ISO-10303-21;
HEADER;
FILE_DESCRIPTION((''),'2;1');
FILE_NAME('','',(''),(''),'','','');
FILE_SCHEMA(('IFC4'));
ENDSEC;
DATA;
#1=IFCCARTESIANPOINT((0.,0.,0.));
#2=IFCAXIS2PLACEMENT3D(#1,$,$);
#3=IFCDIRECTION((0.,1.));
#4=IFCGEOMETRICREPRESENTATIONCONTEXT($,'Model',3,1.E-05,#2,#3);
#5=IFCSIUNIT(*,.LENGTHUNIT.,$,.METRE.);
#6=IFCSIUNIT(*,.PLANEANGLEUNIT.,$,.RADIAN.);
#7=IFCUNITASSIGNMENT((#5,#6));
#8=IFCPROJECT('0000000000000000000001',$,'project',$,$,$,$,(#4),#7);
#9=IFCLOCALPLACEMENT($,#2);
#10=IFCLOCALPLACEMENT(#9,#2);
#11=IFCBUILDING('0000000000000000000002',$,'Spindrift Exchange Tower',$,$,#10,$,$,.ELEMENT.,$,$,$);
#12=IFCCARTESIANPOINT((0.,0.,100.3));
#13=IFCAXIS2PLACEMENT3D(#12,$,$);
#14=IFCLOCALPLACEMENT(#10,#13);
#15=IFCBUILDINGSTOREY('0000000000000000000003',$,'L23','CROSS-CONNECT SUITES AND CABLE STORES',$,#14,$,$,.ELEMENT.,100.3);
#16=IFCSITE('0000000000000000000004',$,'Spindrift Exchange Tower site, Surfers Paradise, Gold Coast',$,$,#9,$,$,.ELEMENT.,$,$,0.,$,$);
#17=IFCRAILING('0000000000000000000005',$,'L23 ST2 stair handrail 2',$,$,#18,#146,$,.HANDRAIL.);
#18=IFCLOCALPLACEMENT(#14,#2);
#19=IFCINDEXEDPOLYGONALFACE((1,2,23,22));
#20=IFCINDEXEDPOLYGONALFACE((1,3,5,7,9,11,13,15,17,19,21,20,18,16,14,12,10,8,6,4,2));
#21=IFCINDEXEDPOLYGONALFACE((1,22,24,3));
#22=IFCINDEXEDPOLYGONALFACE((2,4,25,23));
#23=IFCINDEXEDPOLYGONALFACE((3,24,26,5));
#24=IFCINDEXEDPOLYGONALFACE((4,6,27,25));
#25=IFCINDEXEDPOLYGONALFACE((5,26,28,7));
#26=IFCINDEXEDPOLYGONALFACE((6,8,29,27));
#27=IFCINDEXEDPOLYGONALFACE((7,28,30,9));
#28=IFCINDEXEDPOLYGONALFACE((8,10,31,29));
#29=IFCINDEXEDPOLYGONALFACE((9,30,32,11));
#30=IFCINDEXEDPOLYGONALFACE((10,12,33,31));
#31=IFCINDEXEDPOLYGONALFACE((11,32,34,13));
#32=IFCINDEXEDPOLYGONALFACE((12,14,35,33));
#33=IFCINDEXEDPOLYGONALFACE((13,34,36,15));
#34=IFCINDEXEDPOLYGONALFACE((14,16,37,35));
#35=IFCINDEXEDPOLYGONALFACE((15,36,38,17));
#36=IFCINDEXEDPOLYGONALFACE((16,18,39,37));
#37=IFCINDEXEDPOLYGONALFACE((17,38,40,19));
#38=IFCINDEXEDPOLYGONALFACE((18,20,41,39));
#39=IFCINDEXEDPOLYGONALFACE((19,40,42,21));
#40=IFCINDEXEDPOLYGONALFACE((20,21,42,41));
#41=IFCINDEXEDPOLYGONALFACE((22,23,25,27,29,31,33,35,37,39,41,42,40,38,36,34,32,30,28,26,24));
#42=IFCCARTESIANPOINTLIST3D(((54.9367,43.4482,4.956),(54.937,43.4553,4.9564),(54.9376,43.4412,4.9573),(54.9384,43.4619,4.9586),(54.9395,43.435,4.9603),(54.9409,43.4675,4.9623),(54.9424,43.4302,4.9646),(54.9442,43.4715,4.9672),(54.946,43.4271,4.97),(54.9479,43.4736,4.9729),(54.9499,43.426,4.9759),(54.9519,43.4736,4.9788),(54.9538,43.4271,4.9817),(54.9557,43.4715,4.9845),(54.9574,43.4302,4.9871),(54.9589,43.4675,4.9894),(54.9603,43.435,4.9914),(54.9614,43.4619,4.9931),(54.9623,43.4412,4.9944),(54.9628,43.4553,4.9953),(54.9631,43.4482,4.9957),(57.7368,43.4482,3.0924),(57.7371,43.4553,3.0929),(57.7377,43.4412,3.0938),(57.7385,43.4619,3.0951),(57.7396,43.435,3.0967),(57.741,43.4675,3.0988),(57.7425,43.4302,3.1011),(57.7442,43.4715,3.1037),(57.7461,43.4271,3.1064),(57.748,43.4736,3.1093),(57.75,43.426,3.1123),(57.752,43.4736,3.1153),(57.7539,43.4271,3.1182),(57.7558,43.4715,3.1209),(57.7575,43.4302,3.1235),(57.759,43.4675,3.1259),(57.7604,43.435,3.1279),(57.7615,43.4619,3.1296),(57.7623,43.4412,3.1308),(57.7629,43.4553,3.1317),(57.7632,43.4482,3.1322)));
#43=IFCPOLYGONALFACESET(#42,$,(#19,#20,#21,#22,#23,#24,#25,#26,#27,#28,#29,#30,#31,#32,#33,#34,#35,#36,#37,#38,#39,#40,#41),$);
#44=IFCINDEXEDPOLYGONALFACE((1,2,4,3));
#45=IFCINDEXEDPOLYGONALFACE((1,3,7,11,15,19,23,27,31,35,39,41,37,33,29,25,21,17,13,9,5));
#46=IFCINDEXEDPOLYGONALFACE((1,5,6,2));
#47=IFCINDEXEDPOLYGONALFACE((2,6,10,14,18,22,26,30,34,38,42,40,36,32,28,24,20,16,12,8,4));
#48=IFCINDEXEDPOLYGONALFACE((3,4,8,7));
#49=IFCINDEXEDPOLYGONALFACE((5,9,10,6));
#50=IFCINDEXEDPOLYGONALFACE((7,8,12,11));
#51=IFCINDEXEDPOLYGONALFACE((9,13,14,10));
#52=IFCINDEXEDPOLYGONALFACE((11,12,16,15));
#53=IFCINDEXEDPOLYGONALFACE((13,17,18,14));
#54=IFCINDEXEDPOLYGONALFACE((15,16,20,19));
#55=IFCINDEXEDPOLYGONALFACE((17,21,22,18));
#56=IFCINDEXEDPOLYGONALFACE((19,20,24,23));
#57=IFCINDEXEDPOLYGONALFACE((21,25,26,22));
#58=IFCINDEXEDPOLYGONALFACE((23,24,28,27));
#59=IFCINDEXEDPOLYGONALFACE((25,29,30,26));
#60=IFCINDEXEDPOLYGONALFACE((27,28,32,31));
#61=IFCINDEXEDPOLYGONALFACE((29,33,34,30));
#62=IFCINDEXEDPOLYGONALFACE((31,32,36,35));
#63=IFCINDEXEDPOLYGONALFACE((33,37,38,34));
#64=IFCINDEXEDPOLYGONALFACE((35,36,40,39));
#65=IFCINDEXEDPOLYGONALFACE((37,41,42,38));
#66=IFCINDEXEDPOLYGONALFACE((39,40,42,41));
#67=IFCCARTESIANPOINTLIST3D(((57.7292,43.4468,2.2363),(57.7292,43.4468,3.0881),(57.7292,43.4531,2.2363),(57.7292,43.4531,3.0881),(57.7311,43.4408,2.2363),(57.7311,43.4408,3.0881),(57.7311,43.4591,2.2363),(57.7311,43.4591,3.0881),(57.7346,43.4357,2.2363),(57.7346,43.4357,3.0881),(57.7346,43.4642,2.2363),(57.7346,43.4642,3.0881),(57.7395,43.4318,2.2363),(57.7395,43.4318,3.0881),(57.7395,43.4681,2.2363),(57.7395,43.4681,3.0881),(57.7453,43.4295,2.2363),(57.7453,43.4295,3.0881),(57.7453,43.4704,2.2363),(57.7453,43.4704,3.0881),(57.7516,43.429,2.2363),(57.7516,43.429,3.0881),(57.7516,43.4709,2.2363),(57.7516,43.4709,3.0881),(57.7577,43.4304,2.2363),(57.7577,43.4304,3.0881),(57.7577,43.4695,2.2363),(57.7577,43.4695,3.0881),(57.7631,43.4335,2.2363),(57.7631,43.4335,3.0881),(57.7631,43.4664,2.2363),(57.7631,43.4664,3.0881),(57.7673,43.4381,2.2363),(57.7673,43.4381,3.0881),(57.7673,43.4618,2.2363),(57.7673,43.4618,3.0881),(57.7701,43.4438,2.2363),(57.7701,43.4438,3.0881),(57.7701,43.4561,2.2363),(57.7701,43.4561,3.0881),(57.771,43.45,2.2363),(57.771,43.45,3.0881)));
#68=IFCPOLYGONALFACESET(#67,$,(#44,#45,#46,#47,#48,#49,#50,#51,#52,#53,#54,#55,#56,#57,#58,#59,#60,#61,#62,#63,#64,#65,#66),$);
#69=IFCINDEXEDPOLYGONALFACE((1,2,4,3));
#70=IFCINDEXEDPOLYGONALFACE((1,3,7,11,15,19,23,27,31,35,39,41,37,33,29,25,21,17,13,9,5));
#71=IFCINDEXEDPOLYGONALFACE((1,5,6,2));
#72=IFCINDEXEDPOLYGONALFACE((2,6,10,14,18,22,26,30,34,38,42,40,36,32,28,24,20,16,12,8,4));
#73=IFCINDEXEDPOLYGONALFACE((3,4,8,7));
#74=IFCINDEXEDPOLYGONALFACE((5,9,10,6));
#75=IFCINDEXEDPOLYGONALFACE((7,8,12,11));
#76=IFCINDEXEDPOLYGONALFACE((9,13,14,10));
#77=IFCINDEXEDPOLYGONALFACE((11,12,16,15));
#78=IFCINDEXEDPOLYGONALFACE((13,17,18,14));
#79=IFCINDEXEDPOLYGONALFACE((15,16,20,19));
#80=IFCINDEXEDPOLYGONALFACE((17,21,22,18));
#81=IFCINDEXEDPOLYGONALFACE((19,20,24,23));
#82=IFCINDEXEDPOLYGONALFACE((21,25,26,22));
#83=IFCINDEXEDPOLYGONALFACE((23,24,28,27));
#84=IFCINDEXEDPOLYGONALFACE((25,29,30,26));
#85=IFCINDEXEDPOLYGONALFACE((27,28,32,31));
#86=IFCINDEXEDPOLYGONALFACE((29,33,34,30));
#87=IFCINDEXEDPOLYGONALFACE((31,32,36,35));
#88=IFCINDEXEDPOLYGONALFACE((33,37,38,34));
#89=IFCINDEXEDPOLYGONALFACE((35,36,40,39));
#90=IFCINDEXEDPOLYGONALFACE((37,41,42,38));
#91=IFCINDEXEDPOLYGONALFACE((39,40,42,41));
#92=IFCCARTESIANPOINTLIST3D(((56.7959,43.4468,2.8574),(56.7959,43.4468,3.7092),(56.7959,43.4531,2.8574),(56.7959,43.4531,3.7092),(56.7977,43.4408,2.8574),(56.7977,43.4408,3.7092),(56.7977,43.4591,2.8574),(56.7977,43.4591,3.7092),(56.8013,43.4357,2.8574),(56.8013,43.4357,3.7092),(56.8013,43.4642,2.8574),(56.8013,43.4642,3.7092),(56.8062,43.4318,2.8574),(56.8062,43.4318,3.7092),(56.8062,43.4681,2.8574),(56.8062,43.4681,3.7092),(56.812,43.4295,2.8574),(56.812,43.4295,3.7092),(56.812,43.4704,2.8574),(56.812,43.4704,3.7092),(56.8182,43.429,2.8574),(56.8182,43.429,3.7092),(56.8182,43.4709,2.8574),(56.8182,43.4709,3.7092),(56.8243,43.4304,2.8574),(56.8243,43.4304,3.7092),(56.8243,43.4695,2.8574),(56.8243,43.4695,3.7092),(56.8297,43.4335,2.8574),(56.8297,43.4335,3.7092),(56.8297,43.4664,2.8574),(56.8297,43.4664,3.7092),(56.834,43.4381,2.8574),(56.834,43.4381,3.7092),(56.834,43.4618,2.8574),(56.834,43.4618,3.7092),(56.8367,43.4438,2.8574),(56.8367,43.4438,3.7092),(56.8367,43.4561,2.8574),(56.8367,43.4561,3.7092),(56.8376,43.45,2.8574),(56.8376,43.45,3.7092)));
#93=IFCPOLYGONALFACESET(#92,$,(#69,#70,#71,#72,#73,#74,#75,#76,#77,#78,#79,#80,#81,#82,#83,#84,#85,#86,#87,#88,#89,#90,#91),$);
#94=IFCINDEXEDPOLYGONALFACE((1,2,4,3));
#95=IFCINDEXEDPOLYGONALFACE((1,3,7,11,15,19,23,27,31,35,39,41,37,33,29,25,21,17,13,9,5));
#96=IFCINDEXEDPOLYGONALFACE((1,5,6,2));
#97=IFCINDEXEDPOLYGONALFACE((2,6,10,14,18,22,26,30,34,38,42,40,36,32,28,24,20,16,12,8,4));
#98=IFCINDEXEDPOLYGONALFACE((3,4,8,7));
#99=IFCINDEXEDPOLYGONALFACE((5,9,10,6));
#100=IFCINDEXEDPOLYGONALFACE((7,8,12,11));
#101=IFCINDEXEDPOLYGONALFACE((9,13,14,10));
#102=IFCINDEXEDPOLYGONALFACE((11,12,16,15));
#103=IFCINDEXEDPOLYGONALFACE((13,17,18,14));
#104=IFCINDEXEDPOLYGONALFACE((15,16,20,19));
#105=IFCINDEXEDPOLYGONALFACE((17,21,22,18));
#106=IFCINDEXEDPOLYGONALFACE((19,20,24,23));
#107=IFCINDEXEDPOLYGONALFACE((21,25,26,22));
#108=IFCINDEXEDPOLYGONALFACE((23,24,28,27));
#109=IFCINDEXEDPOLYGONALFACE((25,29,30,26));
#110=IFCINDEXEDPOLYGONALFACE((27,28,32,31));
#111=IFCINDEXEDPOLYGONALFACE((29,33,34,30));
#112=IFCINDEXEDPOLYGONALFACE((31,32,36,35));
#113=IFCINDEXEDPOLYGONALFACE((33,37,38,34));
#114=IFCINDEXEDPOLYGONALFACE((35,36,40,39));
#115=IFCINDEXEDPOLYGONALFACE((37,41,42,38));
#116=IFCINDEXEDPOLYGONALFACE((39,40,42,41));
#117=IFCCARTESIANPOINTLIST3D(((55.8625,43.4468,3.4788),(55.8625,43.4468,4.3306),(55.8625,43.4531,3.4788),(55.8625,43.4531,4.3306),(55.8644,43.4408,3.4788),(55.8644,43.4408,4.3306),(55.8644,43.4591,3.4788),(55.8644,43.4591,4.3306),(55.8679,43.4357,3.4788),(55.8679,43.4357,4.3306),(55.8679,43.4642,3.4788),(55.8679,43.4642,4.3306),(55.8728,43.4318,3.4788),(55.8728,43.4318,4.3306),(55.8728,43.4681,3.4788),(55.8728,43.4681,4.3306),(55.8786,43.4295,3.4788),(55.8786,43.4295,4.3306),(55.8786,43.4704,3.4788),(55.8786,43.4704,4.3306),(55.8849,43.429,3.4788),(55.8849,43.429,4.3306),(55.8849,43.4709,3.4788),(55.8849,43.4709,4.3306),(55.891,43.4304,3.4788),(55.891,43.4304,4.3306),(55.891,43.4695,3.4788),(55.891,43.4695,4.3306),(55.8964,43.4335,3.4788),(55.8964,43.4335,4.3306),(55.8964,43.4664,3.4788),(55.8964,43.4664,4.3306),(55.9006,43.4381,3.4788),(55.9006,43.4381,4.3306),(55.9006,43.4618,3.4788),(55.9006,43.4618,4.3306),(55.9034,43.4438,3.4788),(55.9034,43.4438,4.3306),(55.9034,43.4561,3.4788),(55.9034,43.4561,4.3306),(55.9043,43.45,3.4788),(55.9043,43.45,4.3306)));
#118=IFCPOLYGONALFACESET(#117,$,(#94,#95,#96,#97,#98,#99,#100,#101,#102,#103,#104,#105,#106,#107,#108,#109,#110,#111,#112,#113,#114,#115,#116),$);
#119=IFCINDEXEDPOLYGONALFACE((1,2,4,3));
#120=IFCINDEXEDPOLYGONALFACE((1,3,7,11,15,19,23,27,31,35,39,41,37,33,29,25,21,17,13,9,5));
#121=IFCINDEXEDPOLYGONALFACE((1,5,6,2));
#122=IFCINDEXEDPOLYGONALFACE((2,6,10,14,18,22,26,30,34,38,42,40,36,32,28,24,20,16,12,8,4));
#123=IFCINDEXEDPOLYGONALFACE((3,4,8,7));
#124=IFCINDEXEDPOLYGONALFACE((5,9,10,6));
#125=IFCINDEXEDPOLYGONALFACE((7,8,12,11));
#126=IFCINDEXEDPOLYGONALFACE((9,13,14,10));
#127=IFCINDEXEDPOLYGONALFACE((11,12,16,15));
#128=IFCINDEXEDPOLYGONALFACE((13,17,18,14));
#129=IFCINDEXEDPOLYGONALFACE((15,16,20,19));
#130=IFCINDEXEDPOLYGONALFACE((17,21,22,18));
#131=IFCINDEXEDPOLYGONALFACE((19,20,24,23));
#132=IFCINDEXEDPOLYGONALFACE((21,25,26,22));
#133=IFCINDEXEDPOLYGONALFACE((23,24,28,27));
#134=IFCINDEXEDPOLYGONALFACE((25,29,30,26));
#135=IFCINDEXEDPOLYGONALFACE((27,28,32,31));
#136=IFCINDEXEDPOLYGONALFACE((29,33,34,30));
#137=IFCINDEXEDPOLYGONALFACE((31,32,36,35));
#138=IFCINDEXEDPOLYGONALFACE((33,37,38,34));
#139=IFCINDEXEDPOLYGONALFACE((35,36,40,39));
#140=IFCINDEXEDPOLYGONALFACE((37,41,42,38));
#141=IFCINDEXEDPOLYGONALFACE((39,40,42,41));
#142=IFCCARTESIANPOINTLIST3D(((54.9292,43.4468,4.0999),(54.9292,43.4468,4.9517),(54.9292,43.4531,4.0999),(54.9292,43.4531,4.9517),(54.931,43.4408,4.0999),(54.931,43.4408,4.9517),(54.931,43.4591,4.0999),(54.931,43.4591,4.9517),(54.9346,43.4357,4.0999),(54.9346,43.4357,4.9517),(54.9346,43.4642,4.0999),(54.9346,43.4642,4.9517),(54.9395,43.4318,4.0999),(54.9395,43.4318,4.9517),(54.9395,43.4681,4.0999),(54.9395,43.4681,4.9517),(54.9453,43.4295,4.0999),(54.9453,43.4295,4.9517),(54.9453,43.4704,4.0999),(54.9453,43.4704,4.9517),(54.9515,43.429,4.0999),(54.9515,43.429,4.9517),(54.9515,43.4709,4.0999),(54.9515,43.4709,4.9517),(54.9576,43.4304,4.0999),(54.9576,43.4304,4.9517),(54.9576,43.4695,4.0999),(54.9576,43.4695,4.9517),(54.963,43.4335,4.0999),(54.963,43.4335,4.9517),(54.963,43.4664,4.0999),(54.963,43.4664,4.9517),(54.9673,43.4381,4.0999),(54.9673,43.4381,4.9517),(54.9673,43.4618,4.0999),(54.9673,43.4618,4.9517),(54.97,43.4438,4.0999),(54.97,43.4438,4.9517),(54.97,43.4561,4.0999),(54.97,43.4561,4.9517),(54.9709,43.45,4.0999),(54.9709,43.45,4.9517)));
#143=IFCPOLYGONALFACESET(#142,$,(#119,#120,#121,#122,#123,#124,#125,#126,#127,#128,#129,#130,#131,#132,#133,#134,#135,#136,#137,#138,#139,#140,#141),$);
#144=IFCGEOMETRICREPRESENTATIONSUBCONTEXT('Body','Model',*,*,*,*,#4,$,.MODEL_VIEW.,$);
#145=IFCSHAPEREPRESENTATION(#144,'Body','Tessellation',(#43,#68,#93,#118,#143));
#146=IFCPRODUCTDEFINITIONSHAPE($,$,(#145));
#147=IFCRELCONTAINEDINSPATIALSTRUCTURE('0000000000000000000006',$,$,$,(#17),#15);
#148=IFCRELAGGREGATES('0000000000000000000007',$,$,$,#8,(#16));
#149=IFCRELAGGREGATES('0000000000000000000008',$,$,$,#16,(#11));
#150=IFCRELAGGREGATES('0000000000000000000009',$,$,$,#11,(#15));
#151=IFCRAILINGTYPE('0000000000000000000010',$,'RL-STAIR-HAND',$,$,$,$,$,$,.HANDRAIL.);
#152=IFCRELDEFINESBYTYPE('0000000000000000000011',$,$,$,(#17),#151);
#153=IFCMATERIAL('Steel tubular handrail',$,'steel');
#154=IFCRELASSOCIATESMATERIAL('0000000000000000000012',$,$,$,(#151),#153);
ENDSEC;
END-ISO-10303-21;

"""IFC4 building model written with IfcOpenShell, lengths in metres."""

from ifc_helpers import new_model, si_unit, direction, frame, origin, origin_2d, place, context, subcontext, project, spatial, circle, extrude, material, type_object, element, save


model = new_model("IFC4")

# Units and contexts
model_context = context("Model", 3, precision=1e-05, world=origin(), true_north=direction((0.0, 1.0)))
body_context = subcontext(model_context, "Body", "Model", "MODEL_VIEW")
ifc_project = project(units=[si_unit("LENGTHUNIT", "METRE"), si_unit("PLANEANGLEUNIT", "RADIAN")], contexts=[model_context])

# Site, building, storey
site_placement = place(None, origin())
site = spatial("IfcSite", under=ifc_project, at=site_placement, Name="Spindrift Exchange Tower site, Surfers Paradise, Gold Coast", CompositionType="ELEMENT", RefElevation=0.0)
building_placement = place(site_placement, origin())
building = spatial("IfcBuilding", under=site, at=building_placement, Name="Spindrift Exchange Tower", CompositionType="ELEMENT")
storey_placement = place(building_placement, frame((0.0, 0.0, 100.3)))
storey = spatial("IfcBuildingStorey", under=building, at=storey_placement, Name="L23", Description="CROSS-CONNECT SUITES AND CABLE STORES", CompositionType="ELEMENT", Elevation=100.3)

# Railing
ifc_material_1 = material(Name="Steel tubular handrail", Category="steel")
railing_type_1 = type_object("IfcRailingType", Name="RL-STAIR-HAND", PredefinedType="HANDRAIL", material=ifc_material_1)
railing_1_placement = place(storey_placement, frame((57.75, 43.45, 2.2363)))
element("IfcRailing", 1, at=railing_1_placement, inside=storey, type_object=railing_type_1, Name="L23 ST2 stair handrail 2", PredefinedType="HANDRAIL", context=body_context, shape_type="SweptSolid", body=[
    extrude(circle(Radius=0.0239, at=origin_2d()), frame((0.0, 0.0, 0.876), z_axis=(-0.832486, 0.0, 0.554047), x_axis=(0.0, -1.0, 0.0)), (0.0, 0.0, 1.0), 3.3635),
    extrude(circle(Radius=0.021, at=origin_2d()), origin(), (0.0, 0.0, 1.0), 0.8518),
    extrude(circle(Radius=0.021, at=origin_2d()), frame((-0.9333, 0.0, 0.6211)), (0.0, 0.0, 1.0), 0.8518),
    extrude(circle(Radius=0.021, at=origin_2d()), frame((-1.8667, 0.0, 1.2424)), (0.0, 0.0, 1.0), 0.8518),
    extrude(circle(Radius=0.021, at=origin_2d()), frame((-2.8, 0.0, 1.8635)), (0.0, 0.0, 1.0), 0.8518),
])

save(model, "model.ifc")
